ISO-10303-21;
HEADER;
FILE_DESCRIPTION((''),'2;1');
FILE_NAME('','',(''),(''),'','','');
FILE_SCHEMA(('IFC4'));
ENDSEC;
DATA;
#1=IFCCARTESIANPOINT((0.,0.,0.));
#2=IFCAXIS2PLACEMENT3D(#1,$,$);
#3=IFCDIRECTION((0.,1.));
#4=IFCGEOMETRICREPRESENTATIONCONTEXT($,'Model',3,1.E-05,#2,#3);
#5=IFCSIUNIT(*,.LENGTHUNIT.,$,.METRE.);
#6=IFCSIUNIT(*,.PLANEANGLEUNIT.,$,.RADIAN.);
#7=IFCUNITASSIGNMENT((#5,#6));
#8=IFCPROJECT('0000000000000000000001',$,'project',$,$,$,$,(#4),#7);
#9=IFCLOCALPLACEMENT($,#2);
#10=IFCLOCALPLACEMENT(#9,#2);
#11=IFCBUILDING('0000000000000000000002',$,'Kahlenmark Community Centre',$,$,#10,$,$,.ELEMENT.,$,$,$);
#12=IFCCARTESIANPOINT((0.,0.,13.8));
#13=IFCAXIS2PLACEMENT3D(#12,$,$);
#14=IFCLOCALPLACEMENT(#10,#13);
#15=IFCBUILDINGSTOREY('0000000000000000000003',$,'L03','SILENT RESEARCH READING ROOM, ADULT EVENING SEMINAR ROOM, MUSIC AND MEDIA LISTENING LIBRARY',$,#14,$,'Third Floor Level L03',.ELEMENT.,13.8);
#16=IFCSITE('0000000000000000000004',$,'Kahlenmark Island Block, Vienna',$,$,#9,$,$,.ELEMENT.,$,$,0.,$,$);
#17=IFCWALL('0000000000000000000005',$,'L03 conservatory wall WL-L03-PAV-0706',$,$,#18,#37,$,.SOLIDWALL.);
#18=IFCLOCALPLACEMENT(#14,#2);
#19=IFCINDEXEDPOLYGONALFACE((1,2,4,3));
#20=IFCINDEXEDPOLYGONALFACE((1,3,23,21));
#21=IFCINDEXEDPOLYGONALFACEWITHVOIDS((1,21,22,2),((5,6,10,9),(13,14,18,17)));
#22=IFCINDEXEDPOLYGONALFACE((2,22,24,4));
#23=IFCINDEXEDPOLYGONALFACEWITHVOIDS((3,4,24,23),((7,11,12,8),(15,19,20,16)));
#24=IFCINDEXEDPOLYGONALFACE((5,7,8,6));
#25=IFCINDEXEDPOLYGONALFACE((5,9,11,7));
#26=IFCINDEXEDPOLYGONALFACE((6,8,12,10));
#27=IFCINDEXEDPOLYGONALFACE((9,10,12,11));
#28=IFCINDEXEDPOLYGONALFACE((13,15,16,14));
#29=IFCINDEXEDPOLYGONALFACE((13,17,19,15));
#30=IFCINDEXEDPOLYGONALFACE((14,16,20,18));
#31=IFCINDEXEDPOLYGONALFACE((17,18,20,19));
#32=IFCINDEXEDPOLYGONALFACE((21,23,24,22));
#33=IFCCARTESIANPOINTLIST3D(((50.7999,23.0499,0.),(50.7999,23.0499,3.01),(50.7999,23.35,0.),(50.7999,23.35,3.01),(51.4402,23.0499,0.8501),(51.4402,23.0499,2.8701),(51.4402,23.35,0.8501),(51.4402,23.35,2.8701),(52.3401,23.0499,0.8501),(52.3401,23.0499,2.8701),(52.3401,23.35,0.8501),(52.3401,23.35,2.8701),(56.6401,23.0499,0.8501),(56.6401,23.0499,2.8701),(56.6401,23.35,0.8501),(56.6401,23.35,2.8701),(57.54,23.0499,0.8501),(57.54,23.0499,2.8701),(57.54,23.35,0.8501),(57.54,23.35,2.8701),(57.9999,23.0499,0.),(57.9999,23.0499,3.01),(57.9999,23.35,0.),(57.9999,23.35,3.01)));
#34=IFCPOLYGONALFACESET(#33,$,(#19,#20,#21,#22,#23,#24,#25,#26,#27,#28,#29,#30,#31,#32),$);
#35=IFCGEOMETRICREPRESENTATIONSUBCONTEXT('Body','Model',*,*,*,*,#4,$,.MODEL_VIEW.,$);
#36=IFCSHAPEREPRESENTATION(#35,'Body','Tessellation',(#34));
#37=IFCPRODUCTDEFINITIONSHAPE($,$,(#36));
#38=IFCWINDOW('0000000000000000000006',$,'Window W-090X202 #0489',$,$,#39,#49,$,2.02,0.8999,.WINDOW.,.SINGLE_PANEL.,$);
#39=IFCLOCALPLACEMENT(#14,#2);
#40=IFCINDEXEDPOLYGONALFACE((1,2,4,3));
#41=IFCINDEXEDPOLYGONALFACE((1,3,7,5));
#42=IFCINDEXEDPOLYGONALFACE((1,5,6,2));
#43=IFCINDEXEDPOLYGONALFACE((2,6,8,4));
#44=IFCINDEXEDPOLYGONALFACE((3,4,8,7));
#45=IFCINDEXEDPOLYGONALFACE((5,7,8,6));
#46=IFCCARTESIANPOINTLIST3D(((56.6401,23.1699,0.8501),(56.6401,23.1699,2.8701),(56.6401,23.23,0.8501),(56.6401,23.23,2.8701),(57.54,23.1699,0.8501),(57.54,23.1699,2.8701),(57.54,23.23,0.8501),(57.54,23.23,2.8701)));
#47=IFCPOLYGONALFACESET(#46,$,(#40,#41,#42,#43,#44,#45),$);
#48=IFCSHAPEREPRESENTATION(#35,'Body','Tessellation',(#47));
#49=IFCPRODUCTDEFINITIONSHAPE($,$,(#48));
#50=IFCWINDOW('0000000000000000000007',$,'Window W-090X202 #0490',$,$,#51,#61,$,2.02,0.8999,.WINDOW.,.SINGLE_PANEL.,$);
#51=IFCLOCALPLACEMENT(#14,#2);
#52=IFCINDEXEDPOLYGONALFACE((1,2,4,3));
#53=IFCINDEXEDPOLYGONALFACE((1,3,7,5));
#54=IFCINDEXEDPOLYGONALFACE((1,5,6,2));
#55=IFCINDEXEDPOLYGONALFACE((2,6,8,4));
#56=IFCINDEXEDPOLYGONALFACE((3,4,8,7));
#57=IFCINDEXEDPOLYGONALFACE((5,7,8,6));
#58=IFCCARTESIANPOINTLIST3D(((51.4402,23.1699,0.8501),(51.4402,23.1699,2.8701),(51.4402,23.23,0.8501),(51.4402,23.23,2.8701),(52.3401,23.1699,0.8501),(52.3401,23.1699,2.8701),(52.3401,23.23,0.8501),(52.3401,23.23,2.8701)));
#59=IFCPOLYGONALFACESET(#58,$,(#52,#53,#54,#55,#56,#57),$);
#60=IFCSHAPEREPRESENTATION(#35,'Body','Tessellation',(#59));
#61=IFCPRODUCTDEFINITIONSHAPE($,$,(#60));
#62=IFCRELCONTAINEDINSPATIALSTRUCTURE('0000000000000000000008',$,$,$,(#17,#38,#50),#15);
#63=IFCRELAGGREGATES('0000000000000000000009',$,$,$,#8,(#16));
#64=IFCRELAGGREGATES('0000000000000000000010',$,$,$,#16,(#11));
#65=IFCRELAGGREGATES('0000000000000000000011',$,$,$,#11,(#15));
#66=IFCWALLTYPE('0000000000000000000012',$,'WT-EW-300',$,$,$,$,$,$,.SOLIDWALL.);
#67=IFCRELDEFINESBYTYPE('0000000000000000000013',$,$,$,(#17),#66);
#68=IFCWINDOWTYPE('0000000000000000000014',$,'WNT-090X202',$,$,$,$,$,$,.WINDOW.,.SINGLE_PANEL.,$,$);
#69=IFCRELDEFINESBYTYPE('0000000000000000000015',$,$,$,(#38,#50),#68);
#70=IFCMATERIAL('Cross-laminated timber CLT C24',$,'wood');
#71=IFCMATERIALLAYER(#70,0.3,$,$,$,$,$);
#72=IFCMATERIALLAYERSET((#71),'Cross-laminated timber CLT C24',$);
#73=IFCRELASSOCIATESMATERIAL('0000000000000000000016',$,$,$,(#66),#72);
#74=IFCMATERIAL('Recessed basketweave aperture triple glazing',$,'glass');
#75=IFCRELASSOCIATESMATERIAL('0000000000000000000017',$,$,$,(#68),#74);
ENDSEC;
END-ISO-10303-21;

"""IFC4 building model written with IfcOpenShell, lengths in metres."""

from ifc_helpers import new_model, si_unit, direction, frame, frame_2d, origin, place, context, subcontext, project, spatial, rectangle, extrude, material, layer, layer_set, type_object, element, fill, save


model = new_model("IFC4")

# Units and contexts
model_context = context("Model", 3, precision=1e-05, world=origin(), true_north=direction((0.0, 1.0)))
body_context = subcontext(model_context, "Body", "Model", "MODEL_VIEW")
ifc_project = project(units=[si_unit("LENGTHUNIT", "METRE"), si_unit("PLANEANGLEUNIT", "RADIAN")], contexts=[model_context])

# Site, building, storey
site_placement = place(None, origin())
site = spatial("IfcSite", under=ifc_project, at=site_placement, Name="Kahlenmark Island Block, Vienna", CompositionType="ELEMENT", RefElevation=0.0)
building_placement = place(site_placement, origin())
building = spatial("IfcBuilding", under=site, at=building_placement, Name="Kahlenmark Community Centre", CompositionType="ELEMENT")
storey_placement = place(building_placement, frame((0.0, 0.0, 13.8)))
storey = spatial("IfcBuildingStorey", under=building, at=storey_placement, Name="L03", Description="SILENT RESEARCH READING ROOM, ADULT EVENING SEMINAR ROOM, MUSIC AND MEDIA LISTENING LIBRARY", LongName="Third Floor Level L03", CompositionType="ELEMENT", Elevation=13.8)

# Wall, openings, windows
ifc_material_1 = material(Name="Cross-laminated timber CLT C24", Category="wood")
ifc_layer_1 = layer(ifc_material_1, 0.3)
ifc_layer_set_1 = layer_set([ifc_layer_1], Name="Cross-laminated timber CLT C24")
wall_type_1 = type_object("IfcWallType", Name="WT-EW-300", PredefinedType="SOLIDWALL", material=ifc_layer_set_1)
ifc_material_2 = material(Name="Recessed basketweave aperture triple glazing", Category="glass")
window_type = type_object("IfcWindowType", Name="WNT-090X202", PartitioningType="SINGLE_PANEL", PredefinedType="WINDOW", material=ifc_material_2)
wall_1_placement = place(storey_placement, frame((58.0, 23.2, 0.0), z_axis=(0.0, 0.0, 1.0), x_axis=(-1.0, 0.0, 0.0)))
wall_1 = element("IfcWall", 1, at=wall_1_placement, inside=storey, type_object=wall_type_1, Name="L03 conservatory wall WL-L03-PAV-0706", PredefinedType="SOLIDWALL", context=body_context, shape_type="SweptSolid", body=[
    extrude(rectangle(XDim=7.2, YDim=0.3, at=frame_2d((3.6001, 0.0))), origin(), (0.0, 0.0, 1.0), 3.01),
])
opening_1_placement = place(wall_1_placement, frame((0.46, 0.0, 0.8501)))
opening_1 = element("IfcOpeningElement", 2, at=opening_1_placement, cuts=wall_1, PredefinedType="OPENING", context=body_context, shape_type="SweptSolid", body=[
    extrude(rectangle(XDim=0.8999, YDim=2.02, at=frame_2d((0.45, 1.01))), frame((0.0, 0.1599, 0.0), z_axis=(0.0, -1.0, 0.0), x_axis=(1.0, 0.0, 0.0)), (0.0, 0.0, 1.0), 0.3201),
])
opening_2_placement = place(wall_1_placement, frame((5.6599, 0.0, 0.8501)))
opening_2 = element("IfcOpeningElement", 3, at=opening_2_placement, cuts=wall_1, PredefinedType="OPENING", context=body_context, shape_type="SweptSolid", body=[
    extrude(rectangle(XDim=0.8999, YDim=2.02, at=frame_2d((0.45, 1.01))), frame((0.0, 0.1599, 0.0), z_axis=(0.0, -1.0, 0.0), x_axis=(1.0, 0.0, 0.0)), (0.0, 0.0, 1.0), 0.3201),
])
window_1_placement = place(opening_1_placement, origin())
window_1 = element("IfcWindow", 4, at=window_1_placement, inside=storey, type_object=window_type, Name="Window W-090X202 #0489", OverallHeight=2.02, OverallWidth=0.8999, PartitioningType="SINGLE_PANEL", PredefinedType="WINDOW", context=body_context, shape_type="SweptSolid", body=[
    extrude(rectangle(XDim=0.8999, YDim=2.02, at=frame_2d((0.45, 1.01))), frame((0.0, 0.03, 0.0), z_axis=(0.0, -1.0, 0.0), x_axis=(1.0, 0.0, 0.0)), (0.0, 0.0, 1.0), 0.0601),
])
fill(opening_1, window_1)
window_2_placement = place(opening_2_placement, origin())
window_2 = element("IfcWindow", 5, at=window_2_placement, inside=storey, type_object=window_type, Name="Window W-090X202 #0490", OverallHeight=2.02, OverallWidth=0.8999, PartitioningType="SINGLE_PANEL", PredefinedType="WINDOW", context=body_context, shape_type="SweptSolid", body=[
    extrude(rectangle(XDim=0.8999, YDim=2.02, at=frame_2d((0.45, 1.01))), frame((0.0, 0.03, 0.0), z_axis=(0.0, -1.0, 0.0), x_axis=(1.0, 0.0, 0.0)), (0.0, 0.0, 1.0), 0.0601),
])
fill(opening_2, window_2)

save(model, "model.ifc")
